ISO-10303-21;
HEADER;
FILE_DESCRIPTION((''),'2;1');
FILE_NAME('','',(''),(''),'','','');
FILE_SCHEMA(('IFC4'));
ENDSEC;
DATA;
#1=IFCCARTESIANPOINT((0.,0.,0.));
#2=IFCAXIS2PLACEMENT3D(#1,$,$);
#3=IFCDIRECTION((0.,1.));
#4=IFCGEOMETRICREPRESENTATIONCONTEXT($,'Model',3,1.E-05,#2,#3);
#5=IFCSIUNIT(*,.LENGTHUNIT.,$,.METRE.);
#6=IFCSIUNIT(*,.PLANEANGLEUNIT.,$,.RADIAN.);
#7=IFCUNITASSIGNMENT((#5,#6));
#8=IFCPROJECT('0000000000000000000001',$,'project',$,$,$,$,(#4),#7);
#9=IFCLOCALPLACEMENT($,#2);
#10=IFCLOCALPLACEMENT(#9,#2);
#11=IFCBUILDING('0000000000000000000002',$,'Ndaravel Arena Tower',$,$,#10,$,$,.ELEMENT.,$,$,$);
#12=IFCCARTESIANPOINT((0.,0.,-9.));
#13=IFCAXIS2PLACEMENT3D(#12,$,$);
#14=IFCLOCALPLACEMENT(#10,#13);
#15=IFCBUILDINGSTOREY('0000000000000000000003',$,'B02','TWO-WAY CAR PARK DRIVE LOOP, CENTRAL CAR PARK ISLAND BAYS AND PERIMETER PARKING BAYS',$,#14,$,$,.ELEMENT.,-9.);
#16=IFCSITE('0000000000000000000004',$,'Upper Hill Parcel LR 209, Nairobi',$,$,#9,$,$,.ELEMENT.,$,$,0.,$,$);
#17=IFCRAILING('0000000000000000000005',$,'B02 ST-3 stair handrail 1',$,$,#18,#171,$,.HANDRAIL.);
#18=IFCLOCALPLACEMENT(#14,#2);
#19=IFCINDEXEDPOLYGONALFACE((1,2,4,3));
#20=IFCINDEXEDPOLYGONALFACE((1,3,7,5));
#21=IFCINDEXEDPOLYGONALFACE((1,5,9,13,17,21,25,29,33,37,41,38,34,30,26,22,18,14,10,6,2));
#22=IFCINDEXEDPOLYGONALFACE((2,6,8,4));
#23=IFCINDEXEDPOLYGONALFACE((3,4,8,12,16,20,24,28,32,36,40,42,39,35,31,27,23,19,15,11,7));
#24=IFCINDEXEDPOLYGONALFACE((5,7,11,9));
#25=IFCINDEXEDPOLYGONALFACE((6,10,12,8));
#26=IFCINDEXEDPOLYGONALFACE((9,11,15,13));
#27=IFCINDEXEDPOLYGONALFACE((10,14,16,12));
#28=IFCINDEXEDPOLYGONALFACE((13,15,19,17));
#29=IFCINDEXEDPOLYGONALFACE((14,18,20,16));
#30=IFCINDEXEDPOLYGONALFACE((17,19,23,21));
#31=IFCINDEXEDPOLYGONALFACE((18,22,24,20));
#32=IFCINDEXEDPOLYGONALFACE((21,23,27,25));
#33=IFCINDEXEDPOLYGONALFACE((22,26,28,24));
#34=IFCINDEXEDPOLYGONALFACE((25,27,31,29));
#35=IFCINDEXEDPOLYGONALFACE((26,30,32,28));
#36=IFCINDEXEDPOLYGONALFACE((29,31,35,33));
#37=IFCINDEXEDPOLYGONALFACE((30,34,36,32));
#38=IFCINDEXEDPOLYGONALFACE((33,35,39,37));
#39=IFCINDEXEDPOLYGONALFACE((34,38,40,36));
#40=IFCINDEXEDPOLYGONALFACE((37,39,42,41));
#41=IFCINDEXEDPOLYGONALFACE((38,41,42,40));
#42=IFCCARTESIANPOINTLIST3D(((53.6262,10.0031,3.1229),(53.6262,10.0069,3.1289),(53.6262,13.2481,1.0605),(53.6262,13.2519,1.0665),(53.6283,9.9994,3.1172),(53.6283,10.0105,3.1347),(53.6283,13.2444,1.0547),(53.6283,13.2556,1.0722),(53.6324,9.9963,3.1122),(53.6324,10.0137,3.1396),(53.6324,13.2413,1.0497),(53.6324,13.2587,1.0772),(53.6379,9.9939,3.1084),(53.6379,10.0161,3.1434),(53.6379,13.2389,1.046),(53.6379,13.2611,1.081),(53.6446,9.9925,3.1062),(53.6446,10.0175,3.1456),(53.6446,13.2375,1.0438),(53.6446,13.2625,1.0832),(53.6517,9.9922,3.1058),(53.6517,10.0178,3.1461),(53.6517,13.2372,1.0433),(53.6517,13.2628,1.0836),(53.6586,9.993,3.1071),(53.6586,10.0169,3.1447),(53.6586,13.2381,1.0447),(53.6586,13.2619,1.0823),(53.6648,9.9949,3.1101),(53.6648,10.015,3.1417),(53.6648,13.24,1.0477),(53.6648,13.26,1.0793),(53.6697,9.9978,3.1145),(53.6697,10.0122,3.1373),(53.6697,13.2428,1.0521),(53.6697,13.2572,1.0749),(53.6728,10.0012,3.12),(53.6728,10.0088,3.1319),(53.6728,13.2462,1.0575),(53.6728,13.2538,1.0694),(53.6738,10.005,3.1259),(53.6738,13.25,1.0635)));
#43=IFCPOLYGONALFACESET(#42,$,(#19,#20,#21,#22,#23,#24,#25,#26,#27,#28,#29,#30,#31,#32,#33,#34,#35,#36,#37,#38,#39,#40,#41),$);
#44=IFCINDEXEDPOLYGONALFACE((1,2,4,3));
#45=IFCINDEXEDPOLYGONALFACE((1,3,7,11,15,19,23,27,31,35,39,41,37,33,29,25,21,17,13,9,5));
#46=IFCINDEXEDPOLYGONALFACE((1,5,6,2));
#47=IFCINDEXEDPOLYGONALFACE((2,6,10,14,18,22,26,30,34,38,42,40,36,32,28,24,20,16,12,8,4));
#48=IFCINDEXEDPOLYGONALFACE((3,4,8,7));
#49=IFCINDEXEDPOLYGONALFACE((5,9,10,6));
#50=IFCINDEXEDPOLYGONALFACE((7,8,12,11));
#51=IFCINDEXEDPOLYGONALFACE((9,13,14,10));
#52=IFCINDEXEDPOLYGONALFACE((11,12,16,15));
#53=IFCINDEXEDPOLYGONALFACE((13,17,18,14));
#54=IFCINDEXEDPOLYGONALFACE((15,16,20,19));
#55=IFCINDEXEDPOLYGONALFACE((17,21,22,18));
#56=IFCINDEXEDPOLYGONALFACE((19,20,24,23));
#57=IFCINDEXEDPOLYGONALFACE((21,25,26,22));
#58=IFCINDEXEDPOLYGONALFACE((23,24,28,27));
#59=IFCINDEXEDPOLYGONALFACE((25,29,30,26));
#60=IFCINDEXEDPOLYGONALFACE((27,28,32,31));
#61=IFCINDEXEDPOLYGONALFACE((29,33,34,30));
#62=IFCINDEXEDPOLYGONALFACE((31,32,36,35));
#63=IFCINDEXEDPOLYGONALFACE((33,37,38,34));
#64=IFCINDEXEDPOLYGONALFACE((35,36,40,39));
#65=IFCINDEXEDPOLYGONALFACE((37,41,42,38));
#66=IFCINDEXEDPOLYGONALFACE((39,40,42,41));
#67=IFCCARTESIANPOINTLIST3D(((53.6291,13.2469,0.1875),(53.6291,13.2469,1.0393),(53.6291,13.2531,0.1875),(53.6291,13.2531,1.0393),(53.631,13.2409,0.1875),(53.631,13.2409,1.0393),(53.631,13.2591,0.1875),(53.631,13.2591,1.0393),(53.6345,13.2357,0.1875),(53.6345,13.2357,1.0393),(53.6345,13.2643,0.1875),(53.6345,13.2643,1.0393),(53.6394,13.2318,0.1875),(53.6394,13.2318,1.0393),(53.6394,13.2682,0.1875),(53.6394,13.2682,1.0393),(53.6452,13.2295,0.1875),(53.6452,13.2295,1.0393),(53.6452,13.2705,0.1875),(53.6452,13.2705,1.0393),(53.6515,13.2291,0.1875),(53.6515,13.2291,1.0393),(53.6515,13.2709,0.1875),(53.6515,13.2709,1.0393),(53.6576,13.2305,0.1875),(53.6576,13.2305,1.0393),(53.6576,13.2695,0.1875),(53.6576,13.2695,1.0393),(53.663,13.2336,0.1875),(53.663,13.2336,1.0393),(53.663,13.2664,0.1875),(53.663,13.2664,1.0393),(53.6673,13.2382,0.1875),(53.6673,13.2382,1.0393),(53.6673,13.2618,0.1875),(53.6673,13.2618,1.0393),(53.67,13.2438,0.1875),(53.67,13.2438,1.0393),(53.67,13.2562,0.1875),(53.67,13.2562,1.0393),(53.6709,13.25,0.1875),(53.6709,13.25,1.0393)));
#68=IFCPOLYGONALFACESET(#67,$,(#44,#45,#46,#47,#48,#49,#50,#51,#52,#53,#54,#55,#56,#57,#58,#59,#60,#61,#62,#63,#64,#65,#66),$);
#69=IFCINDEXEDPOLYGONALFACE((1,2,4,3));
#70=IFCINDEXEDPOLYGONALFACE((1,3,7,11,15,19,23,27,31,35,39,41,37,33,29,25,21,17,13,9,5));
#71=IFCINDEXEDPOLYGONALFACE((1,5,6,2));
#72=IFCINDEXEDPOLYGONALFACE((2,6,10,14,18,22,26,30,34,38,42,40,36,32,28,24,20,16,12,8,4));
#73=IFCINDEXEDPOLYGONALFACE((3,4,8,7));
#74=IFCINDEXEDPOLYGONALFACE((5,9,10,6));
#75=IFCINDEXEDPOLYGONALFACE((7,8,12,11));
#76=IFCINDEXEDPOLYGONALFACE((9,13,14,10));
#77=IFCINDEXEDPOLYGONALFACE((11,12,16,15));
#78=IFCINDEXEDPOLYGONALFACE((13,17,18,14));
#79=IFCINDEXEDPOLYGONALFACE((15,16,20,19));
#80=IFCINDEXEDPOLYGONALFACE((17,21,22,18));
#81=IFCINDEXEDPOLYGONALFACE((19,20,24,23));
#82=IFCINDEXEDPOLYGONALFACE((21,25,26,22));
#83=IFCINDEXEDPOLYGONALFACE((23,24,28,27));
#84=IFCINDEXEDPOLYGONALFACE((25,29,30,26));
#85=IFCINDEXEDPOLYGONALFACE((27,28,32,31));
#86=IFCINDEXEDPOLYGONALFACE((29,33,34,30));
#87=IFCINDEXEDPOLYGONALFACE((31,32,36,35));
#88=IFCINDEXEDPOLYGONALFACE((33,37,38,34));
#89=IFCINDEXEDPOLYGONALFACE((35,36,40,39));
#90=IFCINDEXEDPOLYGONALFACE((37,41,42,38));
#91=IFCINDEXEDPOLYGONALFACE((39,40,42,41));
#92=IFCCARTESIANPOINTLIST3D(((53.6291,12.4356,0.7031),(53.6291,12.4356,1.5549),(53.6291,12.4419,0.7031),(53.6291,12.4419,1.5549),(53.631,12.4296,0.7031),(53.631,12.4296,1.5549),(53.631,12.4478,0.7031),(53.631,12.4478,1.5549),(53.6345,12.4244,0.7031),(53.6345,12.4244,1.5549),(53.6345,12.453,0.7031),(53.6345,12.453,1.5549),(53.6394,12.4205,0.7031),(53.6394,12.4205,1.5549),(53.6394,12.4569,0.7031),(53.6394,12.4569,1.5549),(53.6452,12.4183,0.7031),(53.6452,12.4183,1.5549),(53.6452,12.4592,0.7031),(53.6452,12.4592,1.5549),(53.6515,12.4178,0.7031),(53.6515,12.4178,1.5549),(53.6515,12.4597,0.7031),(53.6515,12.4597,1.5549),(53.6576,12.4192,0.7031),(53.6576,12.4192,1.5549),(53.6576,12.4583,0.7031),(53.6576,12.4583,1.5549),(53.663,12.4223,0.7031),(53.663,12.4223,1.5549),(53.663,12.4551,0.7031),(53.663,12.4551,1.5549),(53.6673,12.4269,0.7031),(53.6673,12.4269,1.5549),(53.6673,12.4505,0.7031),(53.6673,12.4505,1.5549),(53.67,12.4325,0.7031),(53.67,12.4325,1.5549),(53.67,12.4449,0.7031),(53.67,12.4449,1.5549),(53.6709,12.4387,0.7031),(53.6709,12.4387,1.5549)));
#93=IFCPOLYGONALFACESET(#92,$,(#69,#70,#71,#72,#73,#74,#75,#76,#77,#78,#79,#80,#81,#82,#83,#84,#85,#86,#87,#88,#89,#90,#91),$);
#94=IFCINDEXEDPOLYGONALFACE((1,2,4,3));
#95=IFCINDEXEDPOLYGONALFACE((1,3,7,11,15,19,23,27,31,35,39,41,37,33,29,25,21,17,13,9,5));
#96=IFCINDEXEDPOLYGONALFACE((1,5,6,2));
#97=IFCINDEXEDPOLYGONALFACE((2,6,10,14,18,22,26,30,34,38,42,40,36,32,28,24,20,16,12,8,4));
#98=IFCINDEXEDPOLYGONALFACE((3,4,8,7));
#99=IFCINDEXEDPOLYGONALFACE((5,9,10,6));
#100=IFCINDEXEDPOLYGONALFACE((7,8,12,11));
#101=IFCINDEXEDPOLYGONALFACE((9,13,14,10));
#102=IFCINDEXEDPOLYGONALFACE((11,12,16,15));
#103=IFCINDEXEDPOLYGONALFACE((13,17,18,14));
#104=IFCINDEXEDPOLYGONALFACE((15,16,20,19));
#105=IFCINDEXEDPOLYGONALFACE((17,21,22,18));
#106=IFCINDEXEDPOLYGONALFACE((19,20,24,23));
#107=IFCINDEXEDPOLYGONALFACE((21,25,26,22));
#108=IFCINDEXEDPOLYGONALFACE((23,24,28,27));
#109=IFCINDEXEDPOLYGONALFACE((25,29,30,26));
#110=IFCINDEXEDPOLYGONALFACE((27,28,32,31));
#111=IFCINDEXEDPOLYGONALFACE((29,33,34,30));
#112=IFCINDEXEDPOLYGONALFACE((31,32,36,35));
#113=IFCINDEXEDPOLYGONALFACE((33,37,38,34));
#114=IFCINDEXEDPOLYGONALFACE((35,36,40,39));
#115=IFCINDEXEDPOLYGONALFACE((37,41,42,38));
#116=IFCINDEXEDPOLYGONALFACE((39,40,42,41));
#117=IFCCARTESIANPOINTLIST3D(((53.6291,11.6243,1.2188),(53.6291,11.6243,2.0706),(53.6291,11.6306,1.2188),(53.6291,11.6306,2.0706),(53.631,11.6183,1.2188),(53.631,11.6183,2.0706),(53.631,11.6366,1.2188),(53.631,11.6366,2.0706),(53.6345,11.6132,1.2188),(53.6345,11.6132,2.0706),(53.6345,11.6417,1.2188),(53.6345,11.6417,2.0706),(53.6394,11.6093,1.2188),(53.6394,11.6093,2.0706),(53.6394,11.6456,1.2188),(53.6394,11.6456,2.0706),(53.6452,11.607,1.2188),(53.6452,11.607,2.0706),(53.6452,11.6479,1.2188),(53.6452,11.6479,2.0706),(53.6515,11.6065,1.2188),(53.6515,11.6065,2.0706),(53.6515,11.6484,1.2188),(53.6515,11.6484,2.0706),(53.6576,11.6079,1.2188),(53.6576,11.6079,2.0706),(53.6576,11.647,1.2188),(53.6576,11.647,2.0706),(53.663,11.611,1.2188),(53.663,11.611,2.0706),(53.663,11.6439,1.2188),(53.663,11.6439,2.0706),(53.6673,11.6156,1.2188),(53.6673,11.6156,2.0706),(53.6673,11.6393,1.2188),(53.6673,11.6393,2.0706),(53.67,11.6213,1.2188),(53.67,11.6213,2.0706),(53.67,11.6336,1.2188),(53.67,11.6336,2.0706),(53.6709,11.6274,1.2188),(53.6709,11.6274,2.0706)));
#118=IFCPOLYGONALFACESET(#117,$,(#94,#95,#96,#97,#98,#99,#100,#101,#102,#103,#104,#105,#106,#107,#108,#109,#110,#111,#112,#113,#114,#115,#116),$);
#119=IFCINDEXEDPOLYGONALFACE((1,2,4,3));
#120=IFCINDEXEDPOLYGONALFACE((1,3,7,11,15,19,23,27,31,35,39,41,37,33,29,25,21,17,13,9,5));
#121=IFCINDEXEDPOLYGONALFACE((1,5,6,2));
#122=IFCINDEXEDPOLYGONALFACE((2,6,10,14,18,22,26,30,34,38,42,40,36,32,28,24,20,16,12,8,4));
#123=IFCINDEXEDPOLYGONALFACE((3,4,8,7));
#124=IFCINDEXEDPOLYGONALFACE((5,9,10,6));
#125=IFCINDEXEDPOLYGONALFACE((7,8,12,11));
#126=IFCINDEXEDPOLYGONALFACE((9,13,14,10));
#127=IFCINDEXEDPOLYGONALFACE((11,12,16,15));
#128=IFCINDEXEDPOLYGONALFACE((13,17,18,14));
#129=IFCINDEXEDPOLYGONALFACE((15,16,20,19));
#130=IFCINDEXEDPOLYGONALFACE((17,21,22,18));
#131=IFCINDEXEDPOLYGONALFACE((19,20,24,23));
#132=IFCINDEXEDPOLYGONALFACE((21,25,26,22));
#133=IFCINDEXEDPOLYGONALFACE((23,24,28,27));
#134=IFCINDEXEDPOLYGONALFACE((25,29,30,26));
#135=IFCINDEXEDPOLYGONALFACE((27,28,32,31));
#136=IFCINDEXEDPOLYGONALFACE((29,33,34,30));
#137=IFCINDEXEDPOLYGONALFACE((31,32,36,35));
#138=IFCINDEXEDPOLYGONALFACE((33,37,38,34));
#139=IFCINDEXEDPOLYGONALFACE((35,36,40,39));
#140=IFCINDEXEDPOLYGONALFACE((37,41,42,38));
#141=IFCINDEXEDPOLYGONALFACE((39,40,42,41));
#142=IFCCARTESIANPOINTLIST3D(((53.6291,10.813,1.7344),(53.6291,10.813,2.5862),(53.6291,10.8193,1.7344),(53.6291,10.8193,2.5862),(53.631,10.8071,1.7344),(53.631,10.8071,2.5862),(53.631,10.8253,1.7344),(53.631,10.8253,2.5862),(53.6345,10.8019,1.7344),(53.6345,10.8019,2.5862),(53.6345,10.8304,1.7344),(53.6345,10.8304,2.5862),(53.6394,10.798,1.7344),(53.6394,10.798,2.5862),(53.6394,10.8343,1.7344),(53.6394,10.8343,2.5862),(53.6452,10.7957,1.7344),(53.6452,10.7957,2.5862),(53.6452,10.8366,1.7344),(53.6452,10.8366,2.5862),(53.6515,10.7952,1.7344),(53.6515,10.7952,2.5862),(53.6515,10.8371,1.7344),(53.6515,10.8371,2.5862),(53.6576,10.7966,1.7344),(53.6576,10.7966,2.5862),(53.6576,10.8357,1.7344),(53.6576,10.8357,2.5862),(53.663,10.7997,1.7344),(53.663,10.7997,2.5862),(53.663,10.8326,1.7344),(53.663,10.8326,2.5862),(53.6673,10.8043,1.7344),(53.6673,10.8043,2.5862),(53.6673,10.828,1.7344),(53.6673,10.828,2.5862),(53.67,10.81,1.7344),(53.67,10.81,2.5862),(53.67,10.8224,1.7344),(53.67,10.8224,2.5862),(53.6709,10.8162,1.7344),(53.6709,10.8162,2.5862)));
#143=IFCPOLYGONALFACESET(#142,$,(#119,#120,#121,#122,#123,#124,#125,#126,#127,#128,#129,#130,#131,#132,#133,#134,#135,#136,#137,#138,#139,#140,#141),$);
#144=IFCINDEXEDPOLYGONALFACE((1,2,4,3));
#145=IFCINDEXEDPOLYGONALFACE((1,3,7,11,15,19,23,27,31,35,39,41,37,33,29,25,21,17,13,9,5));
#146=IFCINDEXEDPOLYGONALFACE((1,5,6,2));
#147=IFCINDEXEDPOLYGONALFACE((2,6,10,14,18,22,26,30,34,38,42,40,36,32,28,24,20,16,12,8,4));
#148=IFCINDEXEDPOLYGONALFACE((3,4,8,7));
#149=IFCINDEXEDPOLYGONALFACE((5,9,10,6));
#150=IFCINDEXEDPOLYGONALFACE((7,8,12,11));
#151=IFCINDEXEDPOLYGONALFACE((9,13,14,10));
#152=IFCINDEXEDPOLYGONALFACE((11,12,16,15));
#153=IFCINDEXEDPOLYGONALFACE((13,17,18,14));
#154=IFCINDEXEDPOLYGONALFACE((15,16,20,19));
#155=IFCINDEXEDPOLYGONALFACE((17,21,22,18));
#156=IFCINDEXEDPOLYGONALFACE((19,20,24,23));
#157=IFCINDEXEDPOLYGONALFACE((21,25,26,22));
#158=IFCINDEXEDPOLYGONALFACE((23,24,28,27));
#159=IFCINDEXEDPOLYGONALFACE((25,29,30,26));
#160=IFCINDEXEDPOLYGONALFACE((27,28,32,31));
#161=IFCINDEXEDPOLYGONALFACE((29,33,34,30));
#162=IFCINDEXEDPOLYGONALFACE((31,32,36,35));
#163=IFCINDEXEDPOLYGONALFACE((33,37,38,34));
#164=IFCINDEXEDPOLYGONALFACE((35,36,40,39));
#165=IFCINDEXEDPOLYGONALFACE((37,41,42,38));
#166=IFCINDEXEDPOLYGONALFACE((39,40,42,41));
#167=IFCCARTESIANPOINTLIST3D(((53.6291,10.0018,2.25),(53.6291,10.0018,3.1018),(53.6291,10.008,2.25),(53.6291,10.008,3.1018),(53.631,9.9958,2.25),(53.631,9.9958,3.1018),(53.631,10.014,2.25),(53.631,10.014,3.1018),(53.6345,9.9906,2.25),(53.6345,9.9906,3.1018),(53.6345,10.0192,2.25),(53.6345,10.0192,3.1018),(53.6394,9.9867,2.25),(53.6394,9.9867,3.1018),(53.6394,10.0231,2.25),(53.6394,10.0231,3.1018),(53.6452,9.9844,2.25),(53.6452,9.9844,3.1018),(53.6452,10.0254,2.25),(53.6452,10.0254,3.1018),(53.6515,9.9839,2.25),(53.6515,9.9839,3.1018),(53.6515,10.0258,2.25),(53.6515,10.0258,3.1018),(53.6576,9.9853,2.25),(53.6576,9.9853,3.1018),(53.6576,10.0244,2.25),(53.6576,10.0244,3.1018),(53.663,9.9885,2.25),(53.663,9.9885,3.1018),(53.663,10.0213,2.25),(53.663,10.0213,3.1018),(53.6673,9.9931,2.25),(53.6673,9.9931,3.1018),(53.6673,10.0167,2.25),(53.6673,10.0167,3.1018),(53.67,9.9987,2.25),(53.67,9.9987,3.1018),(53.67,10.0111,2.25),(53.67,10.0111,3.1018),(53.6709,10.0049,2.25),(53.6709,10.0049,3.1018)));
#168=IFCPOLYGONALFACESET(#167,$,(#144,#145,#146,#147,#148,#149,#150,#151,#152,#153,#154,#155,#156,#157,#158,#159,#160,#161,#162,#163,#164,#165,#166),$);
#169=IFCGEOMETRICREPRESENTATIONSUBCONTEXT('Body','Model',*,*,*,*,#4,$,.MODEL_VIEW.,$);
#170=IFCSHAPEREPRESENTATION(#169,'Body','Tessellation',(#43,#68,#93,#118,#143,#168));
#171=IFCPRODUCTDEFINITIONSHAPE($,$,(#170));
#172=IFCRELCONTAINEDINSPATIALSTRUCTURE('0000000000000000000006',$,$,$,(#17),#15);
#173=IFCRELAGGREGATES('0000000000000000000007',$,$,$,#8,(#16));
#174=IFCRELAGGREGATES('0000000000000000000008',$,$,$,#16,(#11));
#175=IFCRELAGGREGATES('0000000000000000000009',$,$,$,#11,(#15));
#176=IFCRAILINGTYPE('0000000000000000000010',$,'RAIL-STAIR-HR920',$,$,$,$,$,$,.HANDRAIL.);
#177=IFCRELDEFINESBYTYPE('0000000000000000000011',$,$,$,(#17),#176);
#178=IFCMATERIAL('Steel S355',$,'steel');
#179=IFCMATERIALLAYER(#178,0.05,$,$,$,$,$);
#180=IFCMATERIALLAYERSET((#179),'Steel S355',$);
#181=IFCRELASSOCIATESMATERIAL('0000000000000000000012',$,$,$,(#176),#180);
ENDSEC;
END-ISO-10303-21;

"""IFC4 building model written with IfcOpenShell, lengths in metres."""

from ifc_helpers import new_model, si_unit, direction, frame, origin, origin_2d, place, context, subcontext, project, spatial, circle, extrude, material, layer, layer_set, type_object, element, save


model = new_model("IFC4")

# Units and contexts
model_context = context("Model", 3, precision=1e-05, world=origin(), true_north=direction((0.0, 1.0)))
body_context = subcontext(model_context, "Body", "Model", "MODEL_VIEW")
ifc_project = project(units=[si_unit("LENGTHUNIT", "METRE"), si_unit("PLANEANGLEUNIT", "RADIAN")], contexts=[model_context])

# Site, building, storey
site_placement = place(None, origin())
site = spatial("IfcSite", under=ifc_project, at=site_placement, Name="Upper Hill Parcel LR 209, Nairobi", CompositionType="ELEMENT", RefElevation=0.0)
building_placement = place(site_placement, origin())
building = spatial("IfcBuilding", under=site, at=building_placement, Name="Ndaravel Arena Tower", CompositionType="ELEMENT")
storey_placement = place(building_placement, frame((0.0, 0.0, -9.0)))
storey = spatial("IfcBuildingStorey", under=building, at=storey_placement, Name="B02", Description="TWO-WAY CAR PARK DRIVE LOOP, CENTRAL CAR PARK ISLAND BAYS AND PERIMETER PARKING BAYS", CompositionType="ELEMENT", Elevation=-9.0)

# Railing
ifc_material_1 = material(Name="Steel S355", Category="steel")
ifc_layer_1 = layer(ifc_material_1, 0.05)
ifc_layer_set_1 = layer_set([ifc_layer_1], Name="Steel S355")
railing_type_1 = type_object("IfcRailingType", Name="RAIL-STAIR-HR920", PredefinedType="HANDRAIL", material=ifc_layer_set_1)
railing_1_placement = place(storey_placement, frame((53.6499, 13.25, 0.1875)))
element("IfcRailing", 1, at=railing_1_placement, inside=storey, type_object=railing_type_1, Name="B02 ST-3 stair handrail 1", PredefinedType="HANDRAIL", context=body_context, shape_type="SweptSolid", body=[
    extrude(circle(Radius=0.0239, at=origin_2d()), frame((0.0, 0.0, 0.876), z_axis=(0.0, -0.843965, 0.536399), x_axis=(1.0, 0.0, 0.0)), (0.0, 0.0, 1.0), 3.845),
    extrude(circle(Radius=0.021, at=origin_2d()), origin(), (0.0, 0.0, 1.0), 0.8518),
    extrude(circle(Radius=0.021, at=origin_2d()), frame((0.0, -0.8113, 0.5156)), (0.0, 0.0, 1.0), 0.8518),
    extrude(circle(Radius=0.021, at=origin_2d()), frame((0.0, -1.6226, 1.0312)), (0.0, 0.0, 1.0), 0.8518),
    extrude(circle(Radius=0.021, at=origin_2d()), frame((0.0, -2.4338, 1.5469)), (0.0, 0.0, 1.0), 0.8518),
    extrude(circle(Radius=0.021, at=origin_2d()), frame((0.0, -3.2451, 2.0625)), (0.0, 0.0, 1.0), 0.8518),
])

save(model, "model.ifc")
